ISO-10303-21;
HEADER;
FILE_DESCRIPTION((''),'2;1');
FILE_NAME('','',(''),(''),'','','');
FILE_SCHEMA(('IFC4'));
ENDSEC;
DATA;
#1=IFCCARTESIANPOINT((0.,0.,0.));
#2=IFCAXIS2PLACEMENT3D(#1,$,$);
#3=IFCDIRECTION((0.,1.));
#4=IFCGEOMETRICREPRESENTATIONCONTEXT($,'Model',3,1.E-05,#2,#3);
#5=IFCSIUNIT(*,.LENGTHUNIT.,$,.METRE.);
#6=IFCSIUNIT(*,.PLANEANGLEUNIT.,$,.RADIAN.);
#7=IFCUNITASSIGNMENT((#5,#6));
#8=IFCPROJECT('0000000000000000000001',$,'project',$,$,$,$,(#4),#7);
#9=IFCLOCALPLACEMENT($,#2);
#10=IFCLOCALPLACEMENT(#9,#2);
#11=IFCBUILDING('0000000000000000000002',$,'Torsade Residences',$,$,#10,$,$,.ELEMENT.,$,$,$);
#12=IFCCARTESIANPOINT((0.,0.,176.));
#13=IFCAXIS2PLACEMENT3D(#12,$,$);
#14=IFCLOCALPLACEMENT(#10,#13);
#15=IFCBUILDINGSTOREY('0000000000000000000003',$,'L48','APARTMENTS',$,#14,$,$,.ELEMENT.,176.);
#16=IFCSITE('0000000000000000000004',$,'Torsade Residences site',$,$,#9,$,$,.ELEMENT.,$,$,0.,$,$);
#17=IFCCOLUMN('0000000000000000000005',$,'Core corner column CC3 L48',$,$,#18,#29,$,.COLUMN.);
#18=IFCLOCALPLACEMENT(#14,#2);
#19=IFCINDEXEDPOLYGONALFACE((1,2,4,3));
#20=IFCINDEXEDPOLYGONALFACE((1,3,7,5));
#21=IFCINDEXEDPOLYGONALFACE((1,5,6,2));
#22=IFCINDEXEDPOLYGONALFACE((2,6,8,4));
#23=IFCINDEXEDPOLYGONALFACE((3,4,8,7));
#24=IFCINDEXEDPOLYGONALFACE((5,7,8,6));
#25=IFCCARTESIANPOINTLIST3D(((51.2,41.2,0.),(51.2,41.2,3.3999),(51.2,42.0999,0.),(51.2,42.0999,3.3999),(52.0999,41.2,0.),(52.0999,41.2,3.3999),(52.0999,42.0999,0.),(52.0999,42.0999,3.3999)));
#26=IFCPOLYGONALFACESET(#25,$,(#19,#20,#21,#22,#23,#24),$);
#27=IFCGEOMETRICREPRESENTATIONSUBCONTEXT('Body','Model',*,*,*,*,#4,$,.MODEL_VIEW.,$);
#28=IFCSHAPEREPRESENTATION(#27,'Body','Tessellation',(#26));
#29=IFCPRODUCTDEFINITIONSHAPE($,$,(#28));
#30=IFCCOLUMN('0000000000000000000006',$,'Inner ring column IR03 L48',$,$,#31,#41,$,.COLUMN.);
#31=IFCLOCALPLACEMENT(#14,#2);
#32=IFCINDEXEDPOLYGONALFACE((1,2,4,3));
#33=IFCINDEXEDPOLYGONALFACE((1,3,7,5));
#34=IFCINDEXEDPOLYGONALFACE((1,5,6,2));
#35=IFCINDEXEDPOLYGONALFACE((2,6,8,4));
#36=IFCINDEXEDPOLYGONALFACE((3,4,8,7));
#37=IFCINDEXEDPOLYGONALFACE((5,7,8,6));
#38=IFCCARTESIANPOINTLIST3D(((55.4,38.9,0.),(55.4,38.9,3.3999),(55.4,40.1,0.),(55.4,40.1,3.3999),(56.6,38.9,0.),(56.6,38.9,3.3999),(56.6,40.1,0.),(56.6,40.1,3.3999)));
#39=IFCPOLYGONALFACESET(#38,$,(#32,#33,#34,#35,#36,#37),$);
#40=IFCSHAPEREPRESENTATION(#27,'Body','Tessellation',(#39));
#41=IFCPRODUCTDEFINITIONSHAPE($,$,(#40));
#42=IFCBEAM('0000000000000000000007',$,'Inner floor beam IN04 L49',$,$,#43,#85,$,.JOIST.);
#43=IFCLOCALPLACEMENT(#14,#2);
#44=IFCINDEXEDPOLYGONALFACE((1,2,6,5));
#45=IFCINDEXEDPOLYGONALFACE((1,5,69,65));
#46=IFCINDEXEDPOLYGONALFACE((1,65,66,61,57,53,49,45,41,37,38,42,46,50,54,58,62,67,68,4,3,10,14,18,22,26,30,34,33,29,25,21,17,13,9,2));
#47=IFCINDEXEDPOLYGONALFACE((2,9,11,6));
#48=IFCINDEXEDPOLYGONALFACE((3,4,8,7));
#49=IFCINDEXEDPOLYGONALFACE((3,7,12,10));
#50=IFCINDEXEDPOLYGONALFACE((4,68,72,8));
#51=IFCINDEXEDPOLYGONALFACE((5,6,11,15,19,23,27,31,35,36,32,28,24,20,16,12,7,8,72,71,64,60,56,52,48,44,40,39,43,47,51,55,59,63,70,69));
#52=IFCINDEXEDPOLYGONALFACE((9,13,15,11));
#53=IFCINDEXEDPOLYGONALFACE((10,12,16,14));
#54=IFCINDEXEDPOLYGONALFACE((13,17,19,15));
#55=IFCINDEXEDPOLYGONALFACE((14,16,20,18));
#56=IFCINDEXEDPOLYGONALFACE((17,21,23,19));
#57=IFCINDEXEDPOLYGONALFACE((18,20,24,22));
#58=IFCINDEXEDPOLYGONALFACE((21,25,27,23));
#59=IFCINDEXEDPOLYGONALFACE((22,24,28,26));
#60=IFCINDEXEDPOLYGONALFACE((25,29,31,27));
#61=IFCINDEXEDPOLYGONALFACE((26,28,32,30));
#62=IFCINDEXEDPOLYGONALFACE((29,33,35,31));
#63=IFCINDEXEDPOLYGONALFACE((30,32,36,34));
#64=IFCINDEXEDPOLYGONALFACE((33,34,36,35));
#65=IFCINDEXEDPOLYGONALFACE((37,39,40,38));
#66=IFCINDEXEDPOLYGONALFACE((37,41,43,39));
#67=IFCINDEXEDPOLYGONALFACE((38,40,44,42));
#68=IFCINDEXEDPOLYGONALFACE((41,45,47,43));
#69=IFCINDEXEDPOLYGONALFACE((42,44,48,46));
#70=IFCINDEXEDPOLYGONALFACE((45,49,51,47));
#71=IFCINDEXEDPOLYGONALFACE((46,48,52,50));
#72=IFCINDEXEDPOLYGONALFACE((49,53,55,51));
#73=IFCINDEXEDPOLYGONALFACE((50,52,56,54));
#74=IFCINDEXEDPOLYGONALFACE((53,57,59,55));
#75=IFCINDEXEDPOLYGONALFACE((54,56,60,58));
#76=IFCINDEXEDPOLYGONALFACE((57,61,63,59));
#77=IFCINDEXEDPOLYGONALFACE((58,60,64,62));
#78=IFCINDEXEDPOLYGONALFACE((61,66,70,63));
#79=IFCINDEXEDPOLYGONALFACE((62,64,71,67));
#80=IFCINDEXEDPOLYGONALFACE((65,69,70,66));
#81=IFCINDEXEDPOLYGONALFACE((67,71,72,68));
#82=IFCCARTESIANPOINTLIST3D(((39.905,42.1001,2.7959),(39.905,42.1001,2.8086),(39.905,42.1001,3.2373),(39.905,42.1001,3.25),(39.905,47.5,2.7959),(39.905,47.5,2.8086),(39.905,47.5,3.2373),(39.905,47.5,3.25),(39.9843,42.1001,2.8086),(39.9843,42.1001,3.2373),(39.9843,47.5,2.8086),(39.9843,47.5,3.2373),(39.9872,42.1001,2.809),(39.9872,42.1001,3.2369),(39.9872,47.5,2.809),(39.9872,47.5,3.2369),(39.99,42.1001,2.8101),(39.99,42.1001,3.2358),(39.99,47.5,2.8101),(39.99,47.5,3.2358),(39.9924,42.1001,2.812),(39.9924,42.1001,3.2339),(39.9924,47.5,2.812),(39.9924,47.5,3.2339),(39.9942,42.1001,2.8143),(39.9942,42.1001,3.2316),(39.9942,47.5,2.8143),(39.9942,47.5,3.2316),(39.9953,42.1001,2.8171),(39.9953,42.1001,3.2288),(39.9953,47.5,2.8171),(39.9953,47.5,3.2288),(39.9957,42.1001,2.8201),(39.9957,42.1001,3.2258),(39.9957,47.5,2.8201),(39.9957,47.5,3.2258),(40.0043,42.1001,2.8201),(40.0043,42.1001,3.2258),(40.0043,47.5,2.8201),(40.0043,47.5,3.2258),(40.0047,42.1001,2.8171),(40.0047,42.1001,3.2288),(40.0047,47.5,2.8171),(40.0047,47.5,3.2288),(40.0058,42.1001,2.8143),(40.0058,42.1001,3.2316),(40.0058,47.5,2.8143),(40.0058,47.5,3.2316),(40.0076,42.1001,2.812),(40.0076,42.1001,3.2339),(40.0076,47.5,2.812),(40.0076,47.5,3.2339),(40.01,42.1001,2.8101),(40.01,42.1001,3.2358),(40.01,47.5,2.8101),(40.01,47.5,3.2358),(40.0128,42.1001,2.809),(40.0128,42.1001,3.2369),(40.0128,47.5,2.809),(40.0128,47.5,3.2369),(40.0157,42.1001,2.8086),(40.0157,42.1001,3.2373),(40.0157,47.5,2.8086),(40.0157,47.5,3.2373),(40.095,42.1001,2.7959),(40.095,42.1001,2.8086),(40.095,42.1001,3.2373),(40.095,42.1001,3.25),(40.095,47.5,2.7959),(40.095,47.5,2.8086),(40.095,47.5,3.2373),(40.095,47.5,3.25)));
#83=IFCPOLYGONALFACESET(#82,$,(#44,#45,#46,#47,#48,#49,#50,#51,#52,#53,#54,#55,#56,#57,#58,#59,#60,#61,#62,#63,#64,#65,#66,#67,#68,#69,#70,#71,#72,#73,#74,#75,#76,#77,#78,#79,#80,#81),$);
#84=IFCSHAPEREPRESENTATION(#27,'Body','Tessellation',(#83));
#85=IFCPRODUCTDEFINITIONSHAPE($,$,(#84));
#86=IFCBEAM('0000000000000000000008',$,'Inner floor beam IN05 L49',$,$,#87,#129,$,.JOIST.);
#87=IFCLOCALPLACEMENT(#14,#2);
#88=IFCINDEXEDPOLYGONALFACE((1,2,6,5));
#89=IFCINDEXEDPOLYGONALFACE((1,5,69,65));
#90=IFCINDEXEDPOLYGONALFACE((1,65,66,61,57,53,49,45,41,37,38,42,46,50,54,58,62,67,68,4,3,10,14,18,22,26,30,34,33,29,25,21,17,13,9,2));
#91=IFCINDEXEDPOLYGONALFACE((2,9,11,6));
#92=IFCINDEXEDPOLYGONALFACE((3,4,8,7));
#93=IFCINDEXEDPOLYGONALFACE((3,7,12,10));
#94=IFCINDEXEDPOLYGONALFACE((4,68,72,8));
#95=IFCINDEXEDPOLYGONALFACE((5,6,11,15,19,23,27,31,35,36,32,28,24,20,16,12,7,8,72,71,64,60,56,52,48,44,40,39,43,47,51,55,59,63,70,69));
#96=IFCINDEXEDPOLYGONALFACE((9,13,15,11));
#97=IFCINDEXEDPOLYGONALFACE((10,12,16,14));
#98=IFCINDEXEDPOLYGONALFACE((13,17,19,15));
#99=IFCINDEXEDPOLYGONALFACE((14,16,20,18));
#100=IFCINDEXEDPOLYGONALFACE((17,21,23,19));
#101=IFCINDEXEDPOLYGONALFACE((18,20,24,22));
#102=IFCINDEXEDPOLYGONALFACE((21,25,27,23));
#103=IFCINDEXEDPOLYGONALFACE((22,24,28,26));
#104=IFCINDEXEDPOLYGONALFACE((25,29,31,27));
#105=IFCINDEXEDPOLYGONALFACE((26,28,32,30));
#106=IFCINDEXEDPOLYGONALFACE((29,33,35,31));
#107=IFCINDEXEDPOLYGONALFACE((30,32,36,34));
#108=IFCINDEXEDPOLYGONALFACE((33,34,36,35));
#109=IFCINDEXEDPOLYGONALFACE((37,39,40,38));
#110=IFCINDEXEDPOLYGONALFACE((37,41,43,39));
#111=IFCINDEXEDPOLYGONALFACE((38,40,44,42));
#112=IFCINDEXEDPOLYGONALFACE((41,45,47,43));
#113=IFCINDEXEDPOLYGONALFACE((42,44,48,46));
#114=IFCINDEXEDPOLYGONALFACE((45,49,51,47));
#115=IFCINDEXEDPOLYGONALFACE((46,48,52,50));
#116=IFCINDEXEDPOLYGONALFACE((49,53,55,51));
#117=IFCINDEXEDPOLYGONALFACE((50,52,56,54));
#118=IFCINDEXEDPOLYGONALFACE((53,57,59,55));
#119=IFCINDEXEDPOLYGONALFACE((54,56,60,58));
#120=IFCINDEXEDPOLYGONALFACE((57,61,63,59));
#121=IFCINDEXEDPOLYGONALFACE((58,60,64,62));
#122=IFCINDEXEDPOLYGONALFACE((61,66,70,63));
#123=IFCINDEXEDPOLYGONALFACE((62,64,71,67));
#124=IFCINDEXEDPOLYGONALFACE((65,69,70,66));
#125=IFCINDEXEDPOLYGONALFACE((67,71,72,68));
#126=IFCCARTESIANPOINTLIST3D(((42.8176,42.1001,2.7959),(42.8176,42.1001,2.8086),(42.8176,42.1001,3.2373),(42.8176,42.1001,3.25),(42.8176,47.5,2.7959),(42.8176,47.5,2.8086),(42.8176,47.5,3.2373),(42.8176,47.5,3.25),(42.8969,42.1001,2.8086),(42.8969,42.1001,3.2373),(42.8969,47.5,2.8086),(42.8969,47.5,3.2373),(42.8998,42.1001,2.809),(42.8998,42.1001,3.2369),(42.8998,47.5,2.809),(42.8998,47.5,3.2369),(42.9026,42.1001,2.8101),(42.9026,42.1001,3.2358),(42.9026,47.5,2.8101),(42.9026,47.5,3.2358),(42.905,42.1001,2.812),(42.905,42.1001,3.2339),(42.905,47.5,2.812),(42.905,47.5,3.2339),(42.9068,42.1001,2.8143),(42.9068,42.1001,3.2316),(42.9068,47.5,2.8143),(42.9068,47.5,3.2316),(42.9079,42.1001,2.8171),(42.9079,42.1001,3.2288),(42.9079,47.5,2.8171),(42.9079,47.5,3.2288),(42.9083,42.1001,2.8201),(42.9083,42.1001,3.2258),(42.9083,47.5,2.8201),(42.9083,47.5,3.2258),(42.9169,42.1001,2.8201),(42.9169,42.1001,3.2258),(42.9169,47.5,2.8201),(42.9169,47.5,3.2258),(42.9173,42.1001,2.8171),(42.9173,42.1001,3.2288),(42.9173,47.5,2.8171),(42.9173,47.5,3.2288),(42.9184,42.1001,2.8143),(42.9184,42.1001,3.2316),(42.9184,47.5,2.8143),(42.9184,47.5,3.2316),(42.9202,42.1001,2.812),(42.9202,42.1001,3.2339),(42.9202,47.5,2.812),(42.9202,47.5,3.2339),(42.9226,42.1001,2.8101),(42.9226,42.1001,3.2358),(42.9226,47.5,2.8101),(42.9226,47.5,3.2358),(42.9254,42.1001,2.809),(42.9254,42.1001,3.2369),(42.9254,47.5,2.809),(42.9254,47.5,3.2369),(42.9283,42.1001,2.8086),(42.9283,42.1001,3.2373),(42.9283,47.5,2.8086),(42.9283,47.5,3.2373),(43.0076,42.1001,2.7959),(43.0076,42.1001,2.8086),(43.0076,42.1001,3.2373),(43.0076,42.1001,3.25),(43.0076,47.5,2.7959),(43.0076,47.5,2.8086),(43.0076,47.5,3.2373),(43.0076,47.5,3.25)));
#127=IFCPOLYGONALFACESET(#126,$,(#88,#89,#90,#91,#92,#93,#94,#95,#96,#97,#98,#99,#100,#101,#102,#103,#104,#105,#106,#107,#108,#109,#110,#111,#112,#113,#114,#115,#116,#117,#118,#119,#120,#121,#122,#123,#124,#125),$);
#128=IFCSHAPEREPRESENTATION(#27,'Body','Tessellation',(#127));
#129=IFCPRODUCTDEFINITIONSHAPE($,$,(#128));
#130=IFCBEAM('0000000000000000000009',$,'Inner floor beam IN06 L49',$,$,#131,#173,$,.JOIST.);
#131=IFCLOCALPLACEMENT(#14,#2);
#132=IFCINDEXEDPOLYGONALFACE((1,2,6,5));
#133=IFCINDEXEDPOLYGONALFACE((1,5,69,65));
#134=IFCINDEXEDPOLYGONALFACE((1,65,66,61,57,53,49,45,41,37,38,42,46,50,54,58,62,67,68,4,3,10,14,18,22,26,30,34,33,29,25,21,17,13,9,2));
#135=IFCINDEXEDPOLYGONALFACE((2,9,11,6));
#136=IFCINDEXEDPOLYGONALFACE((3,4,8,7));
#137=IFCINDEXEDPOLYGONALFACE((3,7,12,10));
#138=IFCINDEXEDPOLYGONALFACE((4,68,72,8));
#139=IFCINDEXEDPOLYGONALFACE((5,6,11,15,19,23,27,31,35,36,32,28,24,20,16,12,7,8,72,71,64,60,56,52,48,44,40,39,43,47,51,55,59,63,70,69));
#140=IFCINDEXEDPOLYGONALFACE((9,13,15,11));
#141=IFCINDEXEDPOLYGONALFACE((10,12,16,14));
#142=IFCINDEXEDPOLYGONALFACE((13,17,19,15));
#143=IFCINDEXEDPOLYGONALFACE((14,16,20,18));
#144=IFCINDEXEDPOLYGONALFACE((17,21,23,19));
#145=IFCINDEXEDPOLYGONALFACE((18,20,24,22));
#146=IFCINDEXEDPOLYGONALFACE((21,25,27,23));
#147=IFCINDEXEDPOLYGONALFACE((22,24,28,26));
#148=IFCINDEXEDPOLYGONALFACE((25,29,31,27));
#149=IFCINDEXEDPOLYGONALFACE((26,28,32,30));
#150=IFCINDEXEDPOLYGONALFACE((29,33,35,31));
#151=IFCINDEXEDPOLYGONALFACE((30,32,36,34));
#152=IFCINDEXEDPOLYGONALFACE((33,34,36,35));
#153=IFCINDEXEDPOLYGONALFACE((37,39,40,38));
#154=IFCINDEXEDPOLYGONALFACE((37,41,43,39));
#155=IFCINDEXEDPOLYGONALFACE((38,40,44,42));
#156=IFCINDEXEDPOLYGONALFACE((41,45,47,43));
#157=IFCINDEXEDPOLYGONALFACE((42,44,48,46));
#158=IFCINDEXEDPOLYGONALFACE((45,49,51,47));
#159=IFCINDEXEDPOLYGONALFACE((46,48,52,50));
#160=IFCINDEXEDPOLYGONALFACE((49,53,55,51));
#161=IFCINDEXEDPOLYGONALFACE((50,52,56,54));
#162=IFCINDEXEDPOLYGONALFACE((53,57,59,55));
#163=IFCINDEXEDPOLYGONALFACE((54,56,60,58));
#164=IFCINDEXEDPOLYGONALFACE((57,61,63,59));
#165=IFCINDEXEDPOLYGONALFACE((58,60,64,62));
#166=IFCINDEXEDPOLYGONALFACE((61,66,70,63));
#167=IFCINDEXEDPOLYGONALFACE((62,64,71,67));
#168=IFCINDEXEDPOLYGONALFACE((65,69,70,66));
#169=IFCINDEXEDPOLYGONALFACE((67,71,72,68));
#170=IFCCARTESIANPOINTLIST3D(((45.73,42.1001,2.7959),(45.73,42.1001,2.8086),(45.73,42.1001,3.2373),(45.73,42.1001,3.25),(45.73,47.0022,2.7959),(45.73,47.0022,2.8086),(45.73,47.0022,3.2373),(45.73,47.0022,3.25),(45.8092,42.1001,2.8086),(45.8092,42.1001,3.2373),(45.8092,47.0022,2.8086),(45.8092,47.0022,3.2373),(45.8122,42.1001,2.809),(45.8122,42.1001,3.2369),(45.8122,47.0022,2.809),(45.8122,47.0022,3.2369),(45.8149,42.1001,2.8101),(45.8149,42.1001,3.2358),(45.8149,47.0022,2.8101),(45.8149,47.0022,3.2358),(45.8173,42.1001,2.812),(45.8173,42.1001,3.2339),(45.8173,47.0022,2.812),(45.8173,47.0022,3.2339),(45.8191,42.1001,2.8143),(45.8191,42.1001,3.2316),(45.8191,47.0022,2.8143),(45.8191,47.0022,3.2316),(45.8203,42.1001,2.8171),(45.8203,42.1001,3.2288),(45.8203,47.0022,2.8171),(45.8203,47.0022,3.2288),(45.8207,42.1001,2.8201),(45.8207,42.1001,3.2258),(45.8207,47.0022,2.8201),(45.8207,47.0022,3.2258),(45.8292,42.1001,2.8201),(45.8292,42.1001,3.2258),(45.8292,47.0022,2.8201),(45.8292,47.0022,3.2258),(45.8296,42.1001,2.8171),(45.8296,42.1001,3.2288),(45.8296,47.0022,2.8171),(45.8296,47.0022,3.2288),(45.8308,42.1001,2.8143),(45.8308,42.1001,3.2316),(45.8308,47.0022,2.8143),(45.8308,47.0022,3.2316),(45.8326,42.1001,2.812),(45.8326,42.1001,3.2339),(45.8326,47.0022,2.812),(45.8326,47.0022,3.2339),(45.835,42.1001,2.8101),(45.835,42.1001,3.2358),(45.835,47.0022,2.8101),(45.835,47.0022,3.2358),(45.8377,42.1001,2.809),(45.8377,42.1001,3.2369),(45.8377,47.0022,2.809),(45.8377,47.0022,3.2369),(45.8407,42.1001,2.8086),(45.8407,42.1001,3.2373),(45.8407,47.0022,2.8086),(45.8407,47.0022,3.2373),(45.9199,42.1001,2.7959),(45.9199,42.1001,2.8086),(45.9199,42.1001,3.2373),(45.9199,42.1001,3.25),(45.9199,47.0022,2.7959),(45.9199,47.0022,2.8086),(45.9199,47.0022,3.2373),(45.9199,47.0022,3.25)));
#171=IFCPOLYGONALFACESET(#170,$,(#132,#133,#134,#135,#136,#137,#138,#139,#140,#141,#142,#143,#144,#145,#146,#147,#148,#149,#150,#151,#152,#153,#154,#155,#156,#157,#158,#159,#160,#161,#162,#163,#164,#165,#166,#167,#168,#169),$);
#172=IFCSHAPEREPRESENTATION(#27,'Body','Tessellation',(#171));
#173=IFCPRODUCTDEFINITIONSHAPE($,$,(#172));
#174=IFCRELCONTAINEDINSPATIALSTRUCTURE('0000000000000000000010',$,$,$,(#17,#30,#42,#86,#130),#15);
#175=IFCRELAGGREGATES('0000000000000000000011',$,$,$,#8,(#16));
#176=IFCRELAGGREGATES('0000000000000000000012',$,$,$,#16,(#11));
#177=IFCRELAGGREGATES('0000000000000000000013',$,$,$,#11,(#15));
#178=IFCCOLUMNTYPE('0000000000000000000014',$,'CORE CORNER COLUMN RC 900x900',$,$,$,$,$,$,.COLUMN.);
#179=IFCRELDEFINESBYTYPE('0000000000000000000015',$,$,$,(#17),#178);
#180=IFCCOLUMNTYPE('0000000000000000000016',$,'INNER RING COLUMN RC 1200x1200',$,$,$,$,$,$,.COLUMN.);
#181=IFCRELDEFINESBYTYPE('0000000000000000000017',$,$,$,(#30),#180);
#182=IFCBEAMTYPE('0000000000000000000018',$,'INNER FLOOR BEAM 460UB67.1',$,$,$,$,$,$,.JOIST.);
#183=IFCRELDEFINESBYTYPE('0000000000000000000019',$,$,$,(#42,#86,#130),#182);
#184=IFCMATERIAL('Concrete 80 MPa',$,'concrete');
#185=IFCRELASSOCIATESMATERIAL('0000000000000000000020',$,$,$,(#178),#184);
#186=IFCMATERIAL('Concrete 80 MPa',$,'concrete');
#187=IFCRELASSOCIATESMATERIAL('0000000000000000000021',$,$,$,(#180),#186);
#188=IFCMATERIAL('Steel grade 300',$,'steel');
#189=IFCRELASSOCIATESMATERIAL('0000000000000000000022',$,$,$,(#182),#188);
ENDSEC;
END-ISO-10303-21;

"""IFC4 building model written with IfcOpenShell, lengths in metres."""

from ifc_helpers import new_model, si_unit, direction, frame, origin, origin_2d, place, context, subcontext, project, spatial, rectangle, i_section, extrude, material, material_profile, profile_set, type_object, element, save


model = new_model("IFC4")

# Units and contexts
model_context = context("Model", 3, precision=1e-05, world=origin(), true_north=direction((0.0, 1.0)))
body_context = subcontext(model_context, "Body", "Model", "MODEL_VIEW")
ifc_project = project(units=[si_unit("LENGTHUNIT", "METRE"), si_unit("PLANEANGLEUNIT", "RADIAN")], contexts=[model_context])

# Site, building, storey
site_placement = place(None, origin())
site = spatial("IfcSite", under=ifc_project, at=site_placement, Name="Torsade Residences site", CompositionType="ELEMENT", RefElevation=0.0)
building_placement = place(site_placement, origin())
building = spatial("IfcBuilding", under=site, at=building_placement, Name="Torsade Residences", CompositionType="ELEMENT")
storey_placement = place(building_placement, frame((0.0, 0.0, 176.0)))
storey = spatial("IfcBuildingStorey", under=building, at=storey_placement, Name="L48", Description="APARTMENTS", CompositionType="ELEMENT", Elevation=176.0)

# Columns
ifc_material_1 = material(Name="Concrete 80 MPa", Category="concrete")
ifc_material_profile_1 = material_profile(ifc_material_1, rectangle(XDim=0.8999, YDim=0.8999, at=origin_2d()), Name="RC 900x900")
ifc_profile_set_1 = profile_set([ifc_material_profile_1], Name="Concrete 80 MPa")
column_type_1 = type_object("IfcColumnType", Name="CORE CORNER COLUMN RC 900x900", PredefinedType="COLUMN", material=ifc_profile_set_1)
column_1_placement = place(storey_placement, frame((51.6499, 41.6499, 0.0), z_axis=(0.0, 0.0, 1.0), x_axis=(1.0, 0.0, 0.0)))
element("IfcColumn", 1, at=column_1_placement, inside=storey, type_object=column_type_1, Name="Core corner column CC3 L48", PredefinedType="COLUMN", context=body_context, shape_type="SweptSolid", body=[
    extrude(rectangle(XDim=0.8999, YDim=0.8999, at=origin_2d()), origin(), (0.0, 0.0, 1.0), 3.3999),
])
ifc_material_2 = material(Name="Concrete 80 MPa", Category="concrete")
ifc_material_profile_2 = material_profile(ifc_material_2, rectangle(XDim=1.2, YDim=1.2, at=origin_2d()), Name="RC 1200x1200")
ifc_profile_set_2 = profile_set([ifc_material_profile_2], Name="Concrete 80 MPa")
column_type_2 = type_object("IfcColumnType", Name="INNER RING COLUMN RC 1200x1200", PredefinedType="COLUMN", material=ifc_profile_set_2)
column_2_placement = place(storey_placement, frame((56.0, 39.5, 0.0), z_axis=(0.0, 0.0, 1.0), x_axis=(1.0, 0.0, 0.0)))
element("IfcColumn", 2, at=column_2_placement, inside=storey, type_object=column_type_2, Name="Inner ring column IR03 L48", PredefinedType="COLUMN", context=body_context, shape_type="SweptSolid", body=[
    extrude(rectangle(XDim=1.2, YDim=1.2, at=origin_2d()), origin(), (0.0, 0.0, 1.0), 3.3999),
])

# Beams
ifc_material_3 = material(Name="Steel grade 300", Category="steel")
ifc_material_profile_3 = material_profile(ifc_material_3, i_section(OverallWidth=0.1899, OverallDepth=0.4541, WebThickness=0.0085, FlangeThickness=0.0127, FilletRadius=0.0115, at=origin_2d()), Name="460UB67.1")
ifc_profile_set_3 = profile_set([ifc_material_profile_3], Name="Steel grade 300")
beam_type_1 = type_object("IfcBeamType", Name="INNER FLOOR BEAM 460UB67.1", PredefinedType="JOIST", material=ifc_profile_set_3)
for number, where, z_axis, x_axis, name in (
    (3, (40.0, 42.1001, 3.0229), (0.0, 1.0, 0.0), (-1.0, 0.0, 0.0), "Inner floor beam IN04 L49"),
    (4, (42.9126, 42.1001, 3.0229), (0.0, 1.0, 0.0), (-1.0, 0.0, 0.0), "Inner floor beam IN05 L49"),
):
    element("IfcBeam", number, at=place(storey_placement, frame(where, z_axis=z_axis, x_axis=x_axis)), inside=storey, type_object=beam_type_1, Name=name, PredefinedType="JOIST", context=body_context, shape_type="SweptSolid", body=[
        extrude(i_section(OverallWidth=0.1899, OverallDepth=0.4541, WebThickness=0.0085, FlangeThickness=0.0127, FilletRadius=0.0115, at=origin_2d()), origin(), (0.0, 0.0, 1.0), 5.3999),
    ])
beam_1_placement = place(storey_placement, frame((45.825, 42.1001, 3.0229), z_axis=(0.0, 1.0, 0.0), x_axis=(-1.0, 0.0, 0.0)))
element("IfcBeam", 5, at=beam_1_placement, inside=storey, type_object=beam_type_1, Name="Inner floor beam IN06 L49", PredefinedType="JOIST", context=body_context, shape_type="SweptSolid", body=[
    extrude(i_section(OverallWidth=0.1899, OverallDepth=0.4541, WebThickness=0.0085, FlangeThickness=0.0127, FilletRadius=0.0115, at=origin_2d()), origin(), (0.0, 0.0, 1.0), 4.9021),
])

save(model, "model.ifc")
